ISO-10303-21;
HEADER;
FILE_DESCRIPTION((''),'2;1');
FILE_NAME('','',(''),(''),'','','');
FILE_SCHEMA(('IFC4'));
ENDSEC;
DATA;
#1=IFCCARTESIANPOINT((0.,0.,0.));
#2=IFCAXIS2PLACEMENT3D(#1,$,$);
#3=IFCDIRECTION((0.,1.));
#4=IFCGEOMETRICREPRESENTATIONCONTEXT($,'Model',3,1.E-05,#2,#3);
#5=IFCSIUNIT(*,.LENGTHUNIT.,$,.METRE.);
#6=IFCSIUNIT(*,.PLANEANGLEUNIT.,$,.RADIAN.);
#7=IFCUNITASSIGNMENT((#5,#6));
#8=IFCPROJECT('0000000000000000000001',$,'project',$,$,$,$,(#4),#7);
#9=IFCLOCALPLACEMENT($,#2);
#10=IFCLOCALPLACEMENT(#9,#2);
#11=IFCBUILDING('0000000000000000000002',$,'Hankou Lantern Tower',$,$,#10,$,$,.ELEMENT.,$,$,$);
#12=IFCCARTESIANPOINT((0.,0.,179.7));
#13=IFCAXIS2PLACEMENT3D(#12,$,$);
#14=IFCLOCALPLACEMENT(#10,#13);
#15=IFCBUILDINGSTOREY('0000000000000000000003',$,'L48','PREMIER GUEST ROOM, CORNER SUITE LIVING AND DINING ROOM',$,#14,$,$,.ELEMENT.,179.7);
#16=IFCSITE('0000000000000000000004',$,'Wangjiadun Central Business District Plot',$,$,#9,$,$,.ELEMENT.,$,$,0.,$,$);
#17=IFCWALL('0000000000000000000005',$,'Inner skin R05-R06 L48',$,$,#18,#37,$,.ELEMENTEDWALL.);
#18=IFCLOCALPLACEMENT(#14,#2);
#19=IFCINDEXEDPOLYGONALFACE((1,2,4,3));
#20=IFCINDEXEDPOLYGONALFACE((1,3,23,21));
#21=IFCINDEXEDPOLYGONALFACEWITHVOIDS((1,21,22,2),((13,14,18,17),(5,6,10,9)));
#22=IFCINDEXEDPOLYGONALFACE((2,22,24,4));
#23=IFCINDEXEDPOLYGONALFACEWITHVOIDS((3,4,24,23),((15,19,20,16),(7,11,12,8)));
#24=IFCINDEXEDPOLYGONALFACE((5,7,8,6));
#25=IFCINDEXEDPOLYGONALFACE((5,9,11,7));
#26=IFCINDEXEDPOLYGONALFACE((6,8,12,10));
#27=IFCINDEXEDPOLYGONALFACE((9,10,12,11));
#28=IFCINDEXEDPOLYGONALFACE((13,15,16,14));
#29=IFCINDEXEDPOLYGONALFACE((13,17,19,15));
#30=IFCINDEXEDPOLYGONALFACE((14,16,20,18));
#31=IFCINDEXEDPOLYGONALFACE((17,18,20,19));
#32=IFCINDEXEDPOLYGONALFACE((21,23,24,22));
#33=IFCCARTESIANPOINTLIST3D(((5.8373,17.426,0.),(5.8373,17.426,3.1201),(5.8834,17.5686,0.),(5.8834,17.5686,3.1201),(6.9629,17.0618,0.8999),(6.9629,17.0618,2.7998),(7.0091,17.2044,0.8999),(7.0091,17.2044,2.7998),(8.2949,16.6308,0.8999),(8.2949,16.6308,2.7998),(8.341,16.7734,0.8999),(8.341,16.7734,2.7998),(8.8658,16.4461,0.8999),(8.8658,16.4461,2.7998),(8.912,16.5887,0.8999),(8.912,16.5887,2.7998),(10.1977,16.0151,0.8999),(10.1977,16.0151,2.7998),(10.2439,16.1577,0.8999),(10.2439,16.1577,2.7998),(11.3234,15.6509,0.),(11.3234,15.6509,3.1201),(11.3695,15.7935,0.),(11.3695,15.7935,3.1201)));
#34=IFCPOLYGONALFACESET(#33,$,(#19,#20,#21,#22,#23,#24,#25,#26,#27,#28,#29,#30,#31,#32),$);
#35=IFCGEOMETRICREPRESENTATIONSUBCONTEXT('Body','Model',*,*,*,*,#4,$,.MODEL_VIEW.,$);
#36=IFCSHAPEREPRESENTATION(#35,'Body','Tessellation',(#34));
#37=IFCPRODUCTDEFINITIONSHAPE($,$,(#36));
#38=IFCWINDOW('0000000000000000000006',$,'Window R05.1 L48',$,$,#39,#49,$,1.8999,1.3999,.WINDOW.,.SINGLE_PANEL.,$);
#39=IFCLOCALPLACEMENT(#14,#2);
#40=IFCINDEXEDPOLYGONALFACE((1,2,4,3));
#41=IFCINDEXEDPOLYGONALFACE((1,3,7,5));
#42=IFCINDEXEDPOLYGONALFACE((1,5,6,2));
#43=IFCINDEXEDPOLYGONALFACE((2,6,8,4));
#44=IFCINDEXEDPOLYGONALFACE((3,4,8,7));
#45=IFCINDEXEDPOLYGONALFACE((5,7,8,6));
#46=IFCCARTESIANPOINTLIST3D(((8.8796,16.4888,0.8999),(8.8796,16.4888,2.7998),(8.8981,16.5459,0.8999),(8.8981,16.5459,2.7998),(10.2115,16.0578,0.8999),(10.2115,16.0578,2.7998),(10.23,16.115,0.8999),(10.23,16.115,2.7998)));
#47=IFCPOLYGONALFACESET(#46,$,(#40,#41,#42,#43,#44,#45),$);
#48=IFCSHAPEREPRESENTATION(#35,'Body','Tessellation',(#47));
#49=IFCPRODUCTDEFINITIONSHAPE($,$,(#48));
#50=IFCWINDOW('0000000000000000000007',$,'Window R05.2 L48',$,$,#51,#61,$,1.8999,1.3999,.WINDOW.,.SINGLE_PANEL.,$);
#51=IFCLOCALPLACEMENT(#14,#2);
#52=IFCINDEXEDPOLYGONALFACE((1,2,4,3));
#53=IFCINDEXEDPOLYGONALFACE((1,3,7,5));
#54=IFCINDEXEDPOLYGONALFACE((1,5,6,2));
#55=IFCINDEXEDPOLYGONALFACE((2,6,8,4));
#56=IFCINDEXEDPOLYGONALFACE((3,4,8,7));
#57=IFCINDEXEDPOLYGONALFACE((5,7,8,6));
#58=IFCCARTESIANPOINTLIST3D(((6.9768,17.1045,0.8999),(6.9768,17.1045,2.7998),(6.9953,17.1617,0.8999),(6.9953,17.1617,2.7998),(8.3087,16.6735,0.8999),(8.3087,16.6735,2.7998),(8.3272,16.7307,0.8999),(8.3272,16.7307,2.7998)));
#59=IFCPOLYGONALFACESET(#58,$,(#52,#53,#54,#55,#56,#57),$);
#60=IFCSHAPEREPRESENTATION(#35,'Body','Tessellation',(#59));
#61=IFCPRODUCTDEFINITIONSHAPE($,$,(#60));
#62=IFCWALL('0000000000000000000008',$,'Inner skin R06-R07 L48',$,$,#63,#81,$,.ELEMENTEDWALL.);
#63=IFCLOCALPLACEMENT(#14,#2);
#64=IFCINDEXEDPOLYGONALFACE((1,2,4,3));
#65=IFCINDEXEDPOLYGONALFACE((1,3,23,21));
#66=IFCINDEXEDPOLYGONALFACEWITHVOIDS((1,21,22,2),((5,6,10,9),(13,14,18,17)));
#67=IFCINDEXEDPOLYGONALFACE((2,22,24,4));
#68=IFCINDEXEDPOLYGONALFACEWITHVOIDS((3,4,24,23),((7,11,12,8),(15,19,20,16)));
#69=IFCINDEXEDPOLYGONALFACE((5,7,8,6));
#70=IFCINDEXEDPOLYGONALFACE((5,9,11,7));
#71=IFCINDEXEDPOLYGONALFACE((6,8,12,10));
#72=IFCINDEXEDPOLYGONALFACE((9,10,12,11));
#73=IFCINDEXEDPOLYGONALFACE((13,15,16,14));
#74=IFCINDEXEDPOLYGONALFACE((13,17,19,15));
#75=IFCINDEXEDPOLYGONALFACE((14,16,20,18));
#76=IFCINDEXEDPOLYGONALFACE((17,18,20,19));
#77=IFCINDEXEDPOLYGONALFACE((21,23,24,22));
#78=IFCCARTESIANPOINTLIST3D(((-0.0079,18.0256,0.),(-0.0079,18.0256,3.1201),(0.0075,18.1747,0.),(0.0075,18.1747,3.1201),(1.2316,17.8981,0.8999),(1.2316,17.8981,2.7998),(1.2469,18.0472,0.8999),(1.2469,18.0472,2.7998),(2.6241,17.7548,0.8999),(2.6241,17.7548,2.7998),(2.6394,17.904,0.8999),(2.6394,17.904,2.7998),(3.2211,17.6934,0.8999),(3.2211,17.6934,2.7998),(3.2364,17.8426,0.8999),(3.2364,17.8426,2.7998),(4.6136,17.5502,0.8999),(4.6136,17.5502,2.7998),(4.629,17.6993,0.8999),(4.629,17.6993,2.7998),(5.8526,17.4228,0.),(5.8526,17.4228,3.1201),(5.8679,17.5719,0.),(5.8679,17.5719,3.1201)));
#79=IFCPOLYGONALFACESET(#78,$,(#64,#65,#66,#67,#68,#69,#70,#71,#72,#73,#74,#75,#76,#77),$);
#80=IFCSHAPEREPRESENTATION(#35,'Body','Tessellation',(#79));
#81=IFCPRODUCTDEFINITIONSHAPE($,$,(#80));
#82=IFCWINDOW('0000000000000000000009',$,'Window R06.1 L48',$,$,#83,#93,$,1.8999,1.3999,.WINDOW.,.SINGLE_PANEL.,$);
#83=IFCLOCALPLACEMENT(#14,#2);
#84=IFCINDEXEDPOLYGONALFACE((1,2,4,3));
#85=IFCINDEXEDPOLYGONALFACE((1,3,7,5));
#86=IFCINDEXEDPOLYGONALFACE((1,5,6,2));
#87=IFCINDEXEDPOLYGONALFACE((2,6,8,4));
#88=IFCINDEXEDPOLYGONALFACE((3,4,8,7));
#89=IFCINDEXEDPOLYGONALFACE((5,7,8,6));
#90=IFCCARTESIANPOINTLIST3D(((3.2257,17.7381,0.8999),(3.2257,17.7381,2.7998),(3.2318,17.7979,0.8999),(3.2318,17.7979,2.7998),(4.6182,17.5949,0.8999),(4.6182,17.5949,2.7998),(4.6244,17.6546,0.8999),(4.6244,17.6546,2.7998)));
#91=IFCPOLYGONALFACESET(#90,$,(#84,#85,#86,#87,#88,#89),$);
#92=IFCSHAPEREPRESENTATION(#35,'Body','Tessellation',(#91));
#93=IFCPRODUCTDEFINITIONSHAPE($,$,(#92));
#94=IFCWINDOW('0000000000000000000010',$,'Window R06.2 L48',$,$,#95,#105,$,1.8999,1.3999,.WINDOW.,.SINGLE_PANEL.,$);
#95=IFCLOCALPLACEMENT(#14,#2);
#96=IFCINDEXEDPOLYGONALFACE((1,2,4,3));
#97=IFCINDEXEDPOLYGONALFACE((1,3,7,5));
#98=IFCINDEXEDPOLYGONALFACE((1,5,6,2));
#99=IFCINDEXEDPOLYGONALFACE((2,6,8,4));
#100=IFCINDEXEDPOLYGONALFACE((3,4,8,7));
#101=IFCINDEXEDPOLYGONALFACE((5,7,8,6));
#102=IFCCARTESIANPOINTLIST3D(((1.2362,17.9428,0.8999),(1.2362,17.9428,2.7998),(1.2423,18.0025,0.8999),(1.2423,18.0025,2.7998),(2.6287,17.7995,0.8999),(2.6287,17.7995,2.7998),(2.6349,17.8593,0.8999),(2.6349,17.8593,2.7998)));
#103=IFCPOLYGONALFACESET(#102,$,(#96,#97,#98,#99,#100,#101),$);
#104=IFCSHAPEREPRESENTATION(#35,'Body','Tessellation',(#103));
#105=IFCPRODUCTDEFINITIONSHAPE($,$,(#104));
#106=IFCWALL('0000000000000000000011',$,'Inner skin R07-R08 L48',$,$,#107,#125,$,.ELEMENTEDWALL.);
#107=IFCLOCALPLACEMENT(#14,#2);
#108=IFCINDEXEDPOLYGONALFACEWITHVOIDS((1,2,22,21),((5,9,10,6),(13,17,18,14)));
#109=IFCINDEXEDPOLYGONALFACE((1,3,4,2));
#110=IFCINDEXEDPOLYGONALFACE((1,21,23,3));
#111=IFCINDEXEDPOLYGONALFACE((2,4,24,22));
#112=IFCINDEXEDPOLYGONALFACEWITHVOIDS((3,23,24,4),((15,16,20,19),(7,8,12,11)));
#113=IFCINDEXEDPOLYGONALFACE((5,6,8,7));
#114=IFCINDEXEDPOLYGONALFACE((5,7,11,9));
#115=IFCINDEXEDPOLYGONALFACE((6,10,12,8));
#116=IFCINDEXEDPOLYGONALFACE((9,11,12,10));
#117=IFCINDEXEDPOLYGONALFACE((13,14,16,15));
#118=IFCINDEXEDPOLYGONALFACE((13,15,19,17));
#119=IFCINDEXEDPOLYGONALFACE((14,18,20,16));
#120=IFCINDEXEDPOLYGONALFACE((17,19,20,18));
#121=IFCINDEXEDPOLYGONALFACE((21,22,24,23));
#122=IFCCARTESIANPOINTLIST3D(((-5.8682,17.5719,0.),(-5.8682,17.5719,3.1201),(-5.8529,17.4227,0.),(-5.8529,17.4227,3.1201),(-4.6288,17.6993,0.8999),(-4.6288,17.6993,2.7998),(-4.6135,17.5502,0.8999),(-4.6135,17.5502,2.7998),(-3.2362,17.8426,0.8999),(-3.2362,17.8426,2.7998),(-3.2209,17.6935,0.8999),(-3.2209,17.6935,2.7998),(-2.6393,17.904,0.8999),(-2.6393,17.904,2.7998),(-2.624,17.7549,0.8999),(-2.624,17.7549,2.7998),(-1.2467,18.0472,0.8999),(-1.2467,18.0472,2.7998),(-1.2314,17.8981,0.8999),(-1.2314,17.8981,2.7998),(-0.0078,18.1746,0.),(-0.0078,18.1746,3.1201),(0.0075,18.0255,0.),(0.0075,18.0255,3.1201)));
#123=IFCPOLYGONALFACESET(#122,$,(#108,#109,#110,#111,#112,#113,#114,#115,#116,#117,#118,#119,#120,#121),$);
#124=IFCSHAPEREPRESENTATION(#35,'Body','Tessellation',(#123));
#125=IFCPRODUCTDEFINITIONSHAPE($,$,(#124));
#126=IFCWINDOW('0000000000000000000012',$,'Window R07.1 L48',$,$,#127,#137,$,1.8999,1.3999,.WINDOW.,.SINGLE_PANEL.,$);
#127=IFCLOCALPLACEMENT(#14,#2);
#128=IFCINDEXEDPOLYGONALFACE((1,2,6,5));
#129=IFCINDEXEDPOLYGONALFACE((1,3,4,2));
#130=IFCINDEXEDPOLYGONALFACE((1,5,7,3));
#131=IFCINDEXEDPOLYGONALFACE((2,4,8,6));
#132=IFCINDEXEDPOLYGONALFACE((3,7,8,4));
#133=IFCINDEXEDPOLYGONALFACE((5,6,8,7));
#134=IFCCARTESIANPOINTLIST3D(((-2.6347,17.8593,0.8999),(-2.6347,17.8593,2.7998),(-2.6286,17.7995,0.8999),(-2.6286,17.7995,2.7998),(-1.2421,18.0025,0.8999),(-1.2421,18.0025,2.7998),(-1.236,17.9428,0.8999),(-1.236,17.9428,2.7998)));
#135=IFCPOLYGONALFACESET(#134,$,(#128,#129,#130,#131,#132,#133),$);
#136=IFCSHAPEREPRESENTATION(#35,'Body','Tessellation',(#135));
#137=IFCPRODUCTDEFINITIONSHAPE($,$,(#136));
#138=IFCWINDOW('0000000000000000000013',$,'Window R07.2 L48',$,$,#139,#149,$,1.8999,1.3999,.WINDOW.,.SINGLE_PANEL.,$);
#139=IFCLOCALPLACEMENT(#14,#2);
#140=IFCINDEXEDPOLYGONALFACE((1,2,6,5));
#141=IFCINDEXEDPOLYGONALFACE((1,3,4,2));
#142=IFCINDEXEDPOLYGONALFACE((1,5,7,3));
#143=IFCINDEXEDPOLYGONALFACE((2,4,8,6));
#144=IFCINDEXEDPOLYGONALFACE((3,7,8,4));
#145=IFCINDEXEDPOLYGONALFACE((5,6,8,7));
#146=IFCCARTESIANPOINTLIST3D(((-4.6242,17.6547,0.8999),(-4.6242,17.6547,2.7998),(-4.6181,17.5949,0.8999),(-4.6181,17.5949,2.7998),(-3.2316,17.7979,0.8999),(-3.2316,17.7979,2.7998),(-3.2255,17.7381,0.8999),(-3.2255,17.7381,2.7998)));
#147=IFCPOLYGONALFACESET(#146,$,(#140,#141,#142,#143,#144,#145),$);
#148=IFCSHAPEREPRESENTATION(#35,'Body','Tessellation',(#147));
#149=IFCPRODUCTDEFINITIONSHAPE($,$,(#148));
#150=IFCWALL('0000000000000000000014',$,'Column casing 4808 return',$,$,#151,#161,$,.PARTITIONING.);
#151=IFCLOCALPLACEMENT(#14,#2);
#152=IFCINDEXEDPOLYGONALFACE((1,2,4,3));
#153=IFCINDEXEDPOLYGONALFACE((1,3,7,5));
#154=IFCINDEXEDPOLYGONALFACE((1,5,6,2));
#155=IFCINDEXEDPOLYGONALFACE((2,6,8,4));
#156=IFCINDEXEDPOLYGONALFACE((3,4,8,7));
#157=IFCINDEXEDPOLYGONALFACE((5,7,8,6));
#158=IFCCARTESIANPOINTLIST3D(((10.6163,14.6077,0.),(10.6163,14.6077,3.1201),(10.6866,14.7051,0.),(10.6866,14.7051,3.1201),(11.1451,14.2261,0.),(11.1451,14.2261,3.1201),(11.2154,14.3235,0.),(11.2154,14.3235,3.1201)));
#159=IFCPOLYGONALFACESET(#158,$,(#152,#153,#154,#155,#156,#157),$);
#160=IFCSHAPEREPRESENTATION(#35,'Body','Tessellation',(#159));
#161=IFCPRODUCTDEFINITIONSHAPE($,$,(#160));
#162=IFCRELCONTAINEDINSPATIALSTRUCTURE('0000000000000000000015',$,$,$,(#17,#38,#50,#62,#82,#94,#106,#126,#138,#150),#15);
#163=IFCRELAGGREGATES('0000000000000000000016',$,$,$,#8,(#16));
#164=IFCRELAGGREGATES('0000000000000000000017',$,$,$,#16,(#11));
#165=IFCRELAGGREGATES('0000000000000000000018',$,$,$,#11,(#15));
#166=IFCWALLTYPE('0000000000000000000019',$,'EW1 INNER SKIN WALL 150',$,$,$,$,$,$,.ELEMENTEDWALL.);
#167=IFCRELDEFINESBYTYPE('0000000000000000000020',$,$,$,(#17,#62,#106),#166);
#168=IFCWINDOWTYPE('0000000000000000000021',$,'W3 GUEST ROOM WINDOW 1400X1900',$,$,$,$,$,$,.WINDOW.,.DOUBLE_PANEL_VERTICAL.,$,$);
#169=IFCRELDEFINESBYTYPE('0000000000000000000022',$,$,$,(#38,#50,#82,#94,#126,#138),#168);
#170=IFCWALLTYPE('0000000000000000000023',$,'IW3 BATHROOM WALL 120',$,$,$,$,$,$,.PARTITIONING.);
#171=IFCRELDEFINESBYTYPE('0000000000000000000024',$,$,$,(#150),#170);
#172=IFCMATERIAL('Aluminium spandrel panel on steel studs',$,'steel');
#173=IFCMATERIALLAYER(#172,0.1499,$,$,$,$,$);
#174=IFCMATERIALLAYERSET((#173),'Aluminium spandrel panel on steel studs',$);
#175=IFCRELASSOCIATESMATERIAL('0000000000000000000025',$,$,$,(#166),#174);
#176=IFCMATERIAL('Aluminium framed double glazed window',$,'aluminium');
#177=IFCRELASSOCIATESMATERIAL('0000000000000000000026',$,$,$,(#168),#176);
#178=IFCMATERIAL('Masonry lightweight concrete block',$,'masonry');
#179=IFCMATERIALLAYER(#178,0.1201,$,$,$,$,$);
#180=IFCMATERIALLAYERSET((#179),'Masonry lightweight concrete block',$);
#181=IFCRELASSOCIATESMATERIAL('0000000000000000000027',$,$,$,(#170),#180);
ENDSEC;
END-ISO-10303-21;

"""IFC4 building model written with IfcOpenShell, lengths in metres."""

from ifc_helpers import new_model, si_unit, direction, frame, frame_2d, origin, place, context, subcontext, project, spatial, rectangle, extrude, material, layer, layer_set, type_object, element, fill, save


model = new_model("IFC4")

# Units and contexts
model_context = context("Model", 3, precision=1e-05, world=origin(), true_north=direction((0.0, 1.0)))
body_context = subcontext(model_context, "Body", "Model", "MODEL_VIEW")
ifc_project = project(units=[si_unit("LENGTHUNIT", "METRE"), si_unit("PLANEANGLEUNIT", "RADIAN")], contexts=[model_context])

# Site, building, storey
site_placement = place(None, origin())
site = spatial("IfcSite", under=ifc_project, at=site_placement, Name="Wangjiadun Central Business District Plot", CompositionType="ELEMENT", RefElevation=0.0)
building_placement = place(site_placement, origin())
building = spatial("IfcBuilding", under=site, at=building_placement, Name="Hankou Lantern Tower", CompositionType="ELEMENT")
storey_placement = place(building_placement, frame((0.0, 0.0, 179.7)))
storey = spatial("IfcBuildingStorey", under=building, at=storey_placement, Name="L48", Description="PREMIER GUEST ROOM, CORNER SUITE LIVING AND DINING ROOM", CompositionType="ELEMENT", Elevation=179.7)

# Walls, openings, windows
ifc_material_1 = material(Name="Aluminium spandrel panel on steel studs", Category="steel")
ifc_layer_1 = layer(ifc_material_1, 0.1499)
ifc_layer_set_1 = layer_set([ifc_layer_1], Name="Aluminium spandrel panel on steel studs")
wall_type_1 = type_object("IfcWallType", Name="EW1 INNER SKIN WALL 150", PredefinedType="ELEMENTEDWALL", material=ifc_layer_set_1)
wall_1_placement = place(storey_placement, frame((11.3464, 15.7222, 0.0), z_axis=(0.0, 0.0, 1.0), x_axis=(-0.951432, 0.307857, 0.0)))
wall_1 = element("IfcWall", 1, at=wall_1_placement, inside=storey, type_object=wall_type_1, Name="Inner skin R05-R06 L48", PredefinedType="ELEMENTEDWALL", context=body_context, shape_type="SweptSolid", body=[
    extrude(rectangle(XDim=5.7661, YDim=0.1499, at=frame_2d((2.8831, 0.0))), origin(), (0.0, 0.0, 1.0), 3.1201),
])
opening_1_placement = place(wall_1_placement, frame((1.1831, 0.0, 0.8999)))
opening_1 = element("IfcOpeningElement", 2, at=opening_1_placement, cuts=wall_1, PredefinedType="OPENING", context=body_context, shape_type="SweptSolid", body=[
    extrude(rectangle(XDim=1.3999, YDim=1.8999, at=frame_2d((0.7, 0.95))), frame((0.0, 0.085, 0.0), z_axis=(0.0, -1.0, 0.0), x_axis=(1.0, 0.0, 0.0)), (0.0, 0.0, 1.0), 0.1699),
])
opening_2_placement = place(wall_1_placement, frame((3.1831, 0.0, 0.8999)))
opening_2 = element("IfcOpeningElement", 3, at=opening_2_placement, cuts=wall_1, PredefinedType="OPENING", context=body_context, shape_type="SweptSolid", body=[
    extrude(rectangle(XDim=1.3999, YDim=1.8999, at=frame_2d((0.7, 0.95))), frame((0.0, 0.085, 0.0), z_axis=(0.0, -1.0, 0.0), x_axis=(1.0, 0.0, 0.0)), (0.0, 0.0, 1.0), 0.1699),
])
ifc_material_2 = material(Name="Aluminium framed double glazed window", Category="aluminium")
window_type = type_object("IfcWindowType", Name="W3 GUEST ROOM WINDOW 1400X1900", PartitioningType="DOUBLE_PANEL_VERTICAL", PredefinedType="WINDOW", material=ifc_material_2)
window_1_placement = place(opening_1_placement, origin())
window_1 = element("IfcWindow", 4, at=window_1_placement, inside=storey, type_object=window_type, Name="Window R05.1 L48", OverallHeight=1.8999, OverallWidth=1.3999, PartitioningType="SINGLE_PANEL", PredefinedType="WINDOW", context=body_context, shape_type="SweptSolid", body=[
    extrude(rectangle(XDim=1.3999, YDim=1.8999, at=frame_2d((0.7, 0.95))), frame((0.0, 0.03, 0.0), z_axis=(0.0, -1.0, 0.0), x_axis=(1.0, 0.0, 0.0)), (0.0, 0.0, 1.0), 0.0601),
])
fill(opening_1, window_1)
window_2_placement = place(opening_2_placement, origin())
window_2 = element("IfcWindow", 5, at=window_2_placement, inside=storey, type_object=window_type, Name="Window R05.2 L48", OverallHeight=1.8999, OverallWidth=1.3999, PartitioningType="SINGLE_PANEL", PredefinedType="WINDOW", context=body_context, shape_type="SweptSolid", body=[
    extrude(rectangle(XDim=1.3999, YDim=1.8999, at=frame_2d((0.7, 0.95))), frame((0.0, 0.03, 0.0), z_axis=(0.0, -1.0, 0.0), x_axis=(1.0, 0.0, 0.0)), (0.0, 0.0, 1.0), 0.0601),
])
fill(opening_2, window_2)
wall_2_placement = place(storey_placement, frame((5.8604, 17.4973, 0.0), z_axis=(0.0, 0.0, 1.0), x_axis=(-0.994752, 0.102318, 0.0)))
wall_2 = element("IfcWall", 6, at=wall_2_placement, inside=storey, type_object=wall_type_1, Name="Inner skin R06-R07 L48", PredefinedType="ELEMENTEDWALL", context=body_context, shape_type="SweptSolid", body=[
    extrude(rectangle(XDim=5.8914, YDim=0.1499, at=frame_2d((2.9458, 0.0))), origin(), (0.0, 0.0, 1.0), 3.1201),
])
opening_3_placement = place(wall_2_placement, frame((1.2456, 0.0, 0.8999)))
opening_3 = element("IfcOpeningElement", 7, at=opening_3_placement, cuts=wall_2, PredefinedType="OPENING", context=body_context, shape_type="SweptSolid", body=[
    extrude(rectangle(XDim=1.3999, YDim=1.8999, at=frame_2d((0.7, 0.95))), frame((0.0, 0.085, 0.0), z_axis=(0.0, -1.0, 0.0), x_axis=(1.0, 0.0, 0.0)), (0.0, 0.0, 1.0), 0.1699),
])
opening_4_placement = place(wall_2_placement, frame((3.2456, 0.0, 0.8999)))
opening_4 = element("IfcOpeningElement", 8, at=opening_4_placement, cuts=wall_2, PredefinedType="OPENING", context=body_context, shape_type="SweptSolid", body=[
    extrude(rectangle(XDim=1.3999, YDim=1.8999, at=frame_2d((0.7, 0.95))), frame((0.0, 0.085, 0.0), z_axis=(0.0, -1.0, 0.0), x_axis=(1.0, 0.0, 0.0)), (0.0, 0.0, 1.0), 0.1699),
])
window_3_placement = place(opening_3_placement, origin())
window_3 = element("IfcWindow", 9, at=window_3_placement, inside=storey, type_object=window_type, Name="Window R06.1 L48", OverallHeight=1.8999, OverallWidth=1.3999, PartitioningType="SINGLE_PANEL", PredefinedType="WINDOW", context=body_context, shape_type="SweptSolid", body=[
    extrude(rectangle(XDim=1.3999, YDim=1.8999, at=frame_2d((0.7, 0.95))), frame((0.0, 0.03, 0.0), z_axis=(0.0, -1.0, 0.0), x_axis=(1.0, 0.0, 0.0)), (0.0, 0.0, 1.0), 0.0601),
])
fill(opening_3, window_3)
window_4_placement = place(opening_4_placement, origin())
window_4 = element("IfcWindow", 10, at=window_4_placement, inside=storey, type_object=window_type, Name="Window R06.2 L48", OverallHeight=1.8999, OverallWidth=1.3999, PartitioningType="SINGLE_PANEL", PredefinedType="WINDOW", context=body_context, shape_type="SweptSolid", body=[
    extrude(rectangle(XDim=1.3999, YDim=1.8999, at=frame_2d((0.7, 0.95))), frame((0.0, 0.03, 0.0), z_axis=(0.0, -1.0, 0.0), x_axis=(1.0, 0.0, 0.0)), (0.0, 0.0, 1.0), 0.0601),
])
fill(opening_4, window_4)
wall_3_placement = place(storey_placement, frame((0.0, 18.1001, 0.0), z_axis=(0.0, 0.0, 1.0), x_axis=(-0.994752, -0.102318, 0.0)))
wall_3 = element("IfcWall", 11, at=wall_3_placement, inside=storey, type_object=wall_type_1, Name="Inner skin R07-R08 L48", PredefinedType="ELEMENTEDWALL", context=body_context, shape_type="SweptSolid", body=[
    extrude(rectangle(XDim=5.8914, YDim=0.1499, at=frame_2d((2.9458, 0.0))), origin(), (0.0, 0.0, 1.0), 3.1201),
])
opening_5_placement = place(wall_3_placement, frame((1.2456, 0.0, 0.8999)))
opening_5 = element("IfcOpeningElement", 12, at=opening_5_placement, cuts=wall_3, PredefinedType="OPENING", context=body_context, shape_type="SweptSolid", body=[
    extrude(rectangle(XDim=1.3999, YDim=1.8999, at=frame_2d((0.7, 0.95))), frame((0.0, 0.085, 0.0), z_axis=(0.0, -1.0, 0.0), x_axis=(1.0, 0.0, 0.0)), (0.0, 0.0, 1.0), 0.1699),
])
opening_6_placement = place(wall_3_placement, frame((3.2456, 0.0, 0.8999)))
opening_6 = element("IfcOpeningElement", 13, at=opening_6_placement, cuts=wall_3, PredefinedType="OPENING", context=body_context, shape_type="SweptSolid", body=[
    extrude(rectangle(XDim=1.3999, YDim=1.8999, at=frame_2d((0.7, 0.95))), frame((0.0, 0.085, 0.0), z_axis=(0.0, -1.0, 0.0), x_axis=(1.0, 0.0, 0.0)), (0.0, 0.0, 1.0), 0.1699),
])
window_5_placement = place(opening_5_placement, origin())
window_5 = element("IfcWindow", 14, at=window_5_placement, inside=storey, type_object=window_type, Name="Window R07.1 L48", OverallHeight=1.8999, OverallWidth=1.3999, PartitioningType="SINGLE_PANEL", PredefinedType="WINDOW", context=body_context, shape_type="SweptSolid", body=[
    extrude(rectangle(XDim=1.3999, YDim=1.8999, at=frame_2d((0.7, 0.95))), frame((0.0, 0.03, 0.0), z_axis=(0.0, -1.0, 0.0), x_axis=(1.0, 0.0, 0.0)), (0.0, 0.0, 1.0), 0.0601),
])
fill(opening_5, window_5)
window_6_placement = place(opening_6_placement, origin())
window_6 = element("IfcWindow", 15, at=window_6_placement, inside=storey, type_object=window_type, Name="Window R07.2 L48", OverallHeight=1.8999, OverallWidth=1.3999, PartitioningType="SINGLE_PANEL", PredefinedType="WINDOW", context=body_context, shape_type="SweptSolid", body=[
    extrude(rectangle(XDim=1.3999, YDim=1.8999, at=frame_2d((0.7, 0.95))), frame((0.0, 0.03, 0.0), z_axis=(0.0, -1.0, 0.0), x_axis=(1.0, 0.0, 0.0)), (0.0, 0.0, 1.0), 0.0601),
])
fill(opening_6, window_6)

# Wall
ifc_material_3 = material(Name="Masonry lightweight concrete block", Category="masonry")
ifc_layer_2 = layer(ifc_material_3, 0.1201)
ifc_layer_set_2 = layer_set([ifc_layer_2], Name="Masonry lightweight concrete block")
wall_type_2 = type_object("IfcWallType", Name="IW3 BATHROOM WALL 120", PredefinedType="PARTITIONING", material=ifc_layer_set_2)
wall_4_placement = place(storey_placement, frame((10.6514, 14.6565, 0.0), z_axis=(0.0, 0.0, 1.0), x_axis=(0.810916, -0.585162, 0.0)))
element("IfcWall", 16, at=wall_4_placement, inside=storey, type_object=wall_type_2, Name="Column casing 4808 return", PredefinedType="PARTITIONING", context=body_context, shape_type="SweptSolid", body=[
    extrude(rectangle(XDim=0.6521, YDim=0.1201, at=frame_2d((0.3262, 0.0))), origin(), (0.0, 0.0, 1.0), 3.1201),
])

save(model, "model.ifc")
